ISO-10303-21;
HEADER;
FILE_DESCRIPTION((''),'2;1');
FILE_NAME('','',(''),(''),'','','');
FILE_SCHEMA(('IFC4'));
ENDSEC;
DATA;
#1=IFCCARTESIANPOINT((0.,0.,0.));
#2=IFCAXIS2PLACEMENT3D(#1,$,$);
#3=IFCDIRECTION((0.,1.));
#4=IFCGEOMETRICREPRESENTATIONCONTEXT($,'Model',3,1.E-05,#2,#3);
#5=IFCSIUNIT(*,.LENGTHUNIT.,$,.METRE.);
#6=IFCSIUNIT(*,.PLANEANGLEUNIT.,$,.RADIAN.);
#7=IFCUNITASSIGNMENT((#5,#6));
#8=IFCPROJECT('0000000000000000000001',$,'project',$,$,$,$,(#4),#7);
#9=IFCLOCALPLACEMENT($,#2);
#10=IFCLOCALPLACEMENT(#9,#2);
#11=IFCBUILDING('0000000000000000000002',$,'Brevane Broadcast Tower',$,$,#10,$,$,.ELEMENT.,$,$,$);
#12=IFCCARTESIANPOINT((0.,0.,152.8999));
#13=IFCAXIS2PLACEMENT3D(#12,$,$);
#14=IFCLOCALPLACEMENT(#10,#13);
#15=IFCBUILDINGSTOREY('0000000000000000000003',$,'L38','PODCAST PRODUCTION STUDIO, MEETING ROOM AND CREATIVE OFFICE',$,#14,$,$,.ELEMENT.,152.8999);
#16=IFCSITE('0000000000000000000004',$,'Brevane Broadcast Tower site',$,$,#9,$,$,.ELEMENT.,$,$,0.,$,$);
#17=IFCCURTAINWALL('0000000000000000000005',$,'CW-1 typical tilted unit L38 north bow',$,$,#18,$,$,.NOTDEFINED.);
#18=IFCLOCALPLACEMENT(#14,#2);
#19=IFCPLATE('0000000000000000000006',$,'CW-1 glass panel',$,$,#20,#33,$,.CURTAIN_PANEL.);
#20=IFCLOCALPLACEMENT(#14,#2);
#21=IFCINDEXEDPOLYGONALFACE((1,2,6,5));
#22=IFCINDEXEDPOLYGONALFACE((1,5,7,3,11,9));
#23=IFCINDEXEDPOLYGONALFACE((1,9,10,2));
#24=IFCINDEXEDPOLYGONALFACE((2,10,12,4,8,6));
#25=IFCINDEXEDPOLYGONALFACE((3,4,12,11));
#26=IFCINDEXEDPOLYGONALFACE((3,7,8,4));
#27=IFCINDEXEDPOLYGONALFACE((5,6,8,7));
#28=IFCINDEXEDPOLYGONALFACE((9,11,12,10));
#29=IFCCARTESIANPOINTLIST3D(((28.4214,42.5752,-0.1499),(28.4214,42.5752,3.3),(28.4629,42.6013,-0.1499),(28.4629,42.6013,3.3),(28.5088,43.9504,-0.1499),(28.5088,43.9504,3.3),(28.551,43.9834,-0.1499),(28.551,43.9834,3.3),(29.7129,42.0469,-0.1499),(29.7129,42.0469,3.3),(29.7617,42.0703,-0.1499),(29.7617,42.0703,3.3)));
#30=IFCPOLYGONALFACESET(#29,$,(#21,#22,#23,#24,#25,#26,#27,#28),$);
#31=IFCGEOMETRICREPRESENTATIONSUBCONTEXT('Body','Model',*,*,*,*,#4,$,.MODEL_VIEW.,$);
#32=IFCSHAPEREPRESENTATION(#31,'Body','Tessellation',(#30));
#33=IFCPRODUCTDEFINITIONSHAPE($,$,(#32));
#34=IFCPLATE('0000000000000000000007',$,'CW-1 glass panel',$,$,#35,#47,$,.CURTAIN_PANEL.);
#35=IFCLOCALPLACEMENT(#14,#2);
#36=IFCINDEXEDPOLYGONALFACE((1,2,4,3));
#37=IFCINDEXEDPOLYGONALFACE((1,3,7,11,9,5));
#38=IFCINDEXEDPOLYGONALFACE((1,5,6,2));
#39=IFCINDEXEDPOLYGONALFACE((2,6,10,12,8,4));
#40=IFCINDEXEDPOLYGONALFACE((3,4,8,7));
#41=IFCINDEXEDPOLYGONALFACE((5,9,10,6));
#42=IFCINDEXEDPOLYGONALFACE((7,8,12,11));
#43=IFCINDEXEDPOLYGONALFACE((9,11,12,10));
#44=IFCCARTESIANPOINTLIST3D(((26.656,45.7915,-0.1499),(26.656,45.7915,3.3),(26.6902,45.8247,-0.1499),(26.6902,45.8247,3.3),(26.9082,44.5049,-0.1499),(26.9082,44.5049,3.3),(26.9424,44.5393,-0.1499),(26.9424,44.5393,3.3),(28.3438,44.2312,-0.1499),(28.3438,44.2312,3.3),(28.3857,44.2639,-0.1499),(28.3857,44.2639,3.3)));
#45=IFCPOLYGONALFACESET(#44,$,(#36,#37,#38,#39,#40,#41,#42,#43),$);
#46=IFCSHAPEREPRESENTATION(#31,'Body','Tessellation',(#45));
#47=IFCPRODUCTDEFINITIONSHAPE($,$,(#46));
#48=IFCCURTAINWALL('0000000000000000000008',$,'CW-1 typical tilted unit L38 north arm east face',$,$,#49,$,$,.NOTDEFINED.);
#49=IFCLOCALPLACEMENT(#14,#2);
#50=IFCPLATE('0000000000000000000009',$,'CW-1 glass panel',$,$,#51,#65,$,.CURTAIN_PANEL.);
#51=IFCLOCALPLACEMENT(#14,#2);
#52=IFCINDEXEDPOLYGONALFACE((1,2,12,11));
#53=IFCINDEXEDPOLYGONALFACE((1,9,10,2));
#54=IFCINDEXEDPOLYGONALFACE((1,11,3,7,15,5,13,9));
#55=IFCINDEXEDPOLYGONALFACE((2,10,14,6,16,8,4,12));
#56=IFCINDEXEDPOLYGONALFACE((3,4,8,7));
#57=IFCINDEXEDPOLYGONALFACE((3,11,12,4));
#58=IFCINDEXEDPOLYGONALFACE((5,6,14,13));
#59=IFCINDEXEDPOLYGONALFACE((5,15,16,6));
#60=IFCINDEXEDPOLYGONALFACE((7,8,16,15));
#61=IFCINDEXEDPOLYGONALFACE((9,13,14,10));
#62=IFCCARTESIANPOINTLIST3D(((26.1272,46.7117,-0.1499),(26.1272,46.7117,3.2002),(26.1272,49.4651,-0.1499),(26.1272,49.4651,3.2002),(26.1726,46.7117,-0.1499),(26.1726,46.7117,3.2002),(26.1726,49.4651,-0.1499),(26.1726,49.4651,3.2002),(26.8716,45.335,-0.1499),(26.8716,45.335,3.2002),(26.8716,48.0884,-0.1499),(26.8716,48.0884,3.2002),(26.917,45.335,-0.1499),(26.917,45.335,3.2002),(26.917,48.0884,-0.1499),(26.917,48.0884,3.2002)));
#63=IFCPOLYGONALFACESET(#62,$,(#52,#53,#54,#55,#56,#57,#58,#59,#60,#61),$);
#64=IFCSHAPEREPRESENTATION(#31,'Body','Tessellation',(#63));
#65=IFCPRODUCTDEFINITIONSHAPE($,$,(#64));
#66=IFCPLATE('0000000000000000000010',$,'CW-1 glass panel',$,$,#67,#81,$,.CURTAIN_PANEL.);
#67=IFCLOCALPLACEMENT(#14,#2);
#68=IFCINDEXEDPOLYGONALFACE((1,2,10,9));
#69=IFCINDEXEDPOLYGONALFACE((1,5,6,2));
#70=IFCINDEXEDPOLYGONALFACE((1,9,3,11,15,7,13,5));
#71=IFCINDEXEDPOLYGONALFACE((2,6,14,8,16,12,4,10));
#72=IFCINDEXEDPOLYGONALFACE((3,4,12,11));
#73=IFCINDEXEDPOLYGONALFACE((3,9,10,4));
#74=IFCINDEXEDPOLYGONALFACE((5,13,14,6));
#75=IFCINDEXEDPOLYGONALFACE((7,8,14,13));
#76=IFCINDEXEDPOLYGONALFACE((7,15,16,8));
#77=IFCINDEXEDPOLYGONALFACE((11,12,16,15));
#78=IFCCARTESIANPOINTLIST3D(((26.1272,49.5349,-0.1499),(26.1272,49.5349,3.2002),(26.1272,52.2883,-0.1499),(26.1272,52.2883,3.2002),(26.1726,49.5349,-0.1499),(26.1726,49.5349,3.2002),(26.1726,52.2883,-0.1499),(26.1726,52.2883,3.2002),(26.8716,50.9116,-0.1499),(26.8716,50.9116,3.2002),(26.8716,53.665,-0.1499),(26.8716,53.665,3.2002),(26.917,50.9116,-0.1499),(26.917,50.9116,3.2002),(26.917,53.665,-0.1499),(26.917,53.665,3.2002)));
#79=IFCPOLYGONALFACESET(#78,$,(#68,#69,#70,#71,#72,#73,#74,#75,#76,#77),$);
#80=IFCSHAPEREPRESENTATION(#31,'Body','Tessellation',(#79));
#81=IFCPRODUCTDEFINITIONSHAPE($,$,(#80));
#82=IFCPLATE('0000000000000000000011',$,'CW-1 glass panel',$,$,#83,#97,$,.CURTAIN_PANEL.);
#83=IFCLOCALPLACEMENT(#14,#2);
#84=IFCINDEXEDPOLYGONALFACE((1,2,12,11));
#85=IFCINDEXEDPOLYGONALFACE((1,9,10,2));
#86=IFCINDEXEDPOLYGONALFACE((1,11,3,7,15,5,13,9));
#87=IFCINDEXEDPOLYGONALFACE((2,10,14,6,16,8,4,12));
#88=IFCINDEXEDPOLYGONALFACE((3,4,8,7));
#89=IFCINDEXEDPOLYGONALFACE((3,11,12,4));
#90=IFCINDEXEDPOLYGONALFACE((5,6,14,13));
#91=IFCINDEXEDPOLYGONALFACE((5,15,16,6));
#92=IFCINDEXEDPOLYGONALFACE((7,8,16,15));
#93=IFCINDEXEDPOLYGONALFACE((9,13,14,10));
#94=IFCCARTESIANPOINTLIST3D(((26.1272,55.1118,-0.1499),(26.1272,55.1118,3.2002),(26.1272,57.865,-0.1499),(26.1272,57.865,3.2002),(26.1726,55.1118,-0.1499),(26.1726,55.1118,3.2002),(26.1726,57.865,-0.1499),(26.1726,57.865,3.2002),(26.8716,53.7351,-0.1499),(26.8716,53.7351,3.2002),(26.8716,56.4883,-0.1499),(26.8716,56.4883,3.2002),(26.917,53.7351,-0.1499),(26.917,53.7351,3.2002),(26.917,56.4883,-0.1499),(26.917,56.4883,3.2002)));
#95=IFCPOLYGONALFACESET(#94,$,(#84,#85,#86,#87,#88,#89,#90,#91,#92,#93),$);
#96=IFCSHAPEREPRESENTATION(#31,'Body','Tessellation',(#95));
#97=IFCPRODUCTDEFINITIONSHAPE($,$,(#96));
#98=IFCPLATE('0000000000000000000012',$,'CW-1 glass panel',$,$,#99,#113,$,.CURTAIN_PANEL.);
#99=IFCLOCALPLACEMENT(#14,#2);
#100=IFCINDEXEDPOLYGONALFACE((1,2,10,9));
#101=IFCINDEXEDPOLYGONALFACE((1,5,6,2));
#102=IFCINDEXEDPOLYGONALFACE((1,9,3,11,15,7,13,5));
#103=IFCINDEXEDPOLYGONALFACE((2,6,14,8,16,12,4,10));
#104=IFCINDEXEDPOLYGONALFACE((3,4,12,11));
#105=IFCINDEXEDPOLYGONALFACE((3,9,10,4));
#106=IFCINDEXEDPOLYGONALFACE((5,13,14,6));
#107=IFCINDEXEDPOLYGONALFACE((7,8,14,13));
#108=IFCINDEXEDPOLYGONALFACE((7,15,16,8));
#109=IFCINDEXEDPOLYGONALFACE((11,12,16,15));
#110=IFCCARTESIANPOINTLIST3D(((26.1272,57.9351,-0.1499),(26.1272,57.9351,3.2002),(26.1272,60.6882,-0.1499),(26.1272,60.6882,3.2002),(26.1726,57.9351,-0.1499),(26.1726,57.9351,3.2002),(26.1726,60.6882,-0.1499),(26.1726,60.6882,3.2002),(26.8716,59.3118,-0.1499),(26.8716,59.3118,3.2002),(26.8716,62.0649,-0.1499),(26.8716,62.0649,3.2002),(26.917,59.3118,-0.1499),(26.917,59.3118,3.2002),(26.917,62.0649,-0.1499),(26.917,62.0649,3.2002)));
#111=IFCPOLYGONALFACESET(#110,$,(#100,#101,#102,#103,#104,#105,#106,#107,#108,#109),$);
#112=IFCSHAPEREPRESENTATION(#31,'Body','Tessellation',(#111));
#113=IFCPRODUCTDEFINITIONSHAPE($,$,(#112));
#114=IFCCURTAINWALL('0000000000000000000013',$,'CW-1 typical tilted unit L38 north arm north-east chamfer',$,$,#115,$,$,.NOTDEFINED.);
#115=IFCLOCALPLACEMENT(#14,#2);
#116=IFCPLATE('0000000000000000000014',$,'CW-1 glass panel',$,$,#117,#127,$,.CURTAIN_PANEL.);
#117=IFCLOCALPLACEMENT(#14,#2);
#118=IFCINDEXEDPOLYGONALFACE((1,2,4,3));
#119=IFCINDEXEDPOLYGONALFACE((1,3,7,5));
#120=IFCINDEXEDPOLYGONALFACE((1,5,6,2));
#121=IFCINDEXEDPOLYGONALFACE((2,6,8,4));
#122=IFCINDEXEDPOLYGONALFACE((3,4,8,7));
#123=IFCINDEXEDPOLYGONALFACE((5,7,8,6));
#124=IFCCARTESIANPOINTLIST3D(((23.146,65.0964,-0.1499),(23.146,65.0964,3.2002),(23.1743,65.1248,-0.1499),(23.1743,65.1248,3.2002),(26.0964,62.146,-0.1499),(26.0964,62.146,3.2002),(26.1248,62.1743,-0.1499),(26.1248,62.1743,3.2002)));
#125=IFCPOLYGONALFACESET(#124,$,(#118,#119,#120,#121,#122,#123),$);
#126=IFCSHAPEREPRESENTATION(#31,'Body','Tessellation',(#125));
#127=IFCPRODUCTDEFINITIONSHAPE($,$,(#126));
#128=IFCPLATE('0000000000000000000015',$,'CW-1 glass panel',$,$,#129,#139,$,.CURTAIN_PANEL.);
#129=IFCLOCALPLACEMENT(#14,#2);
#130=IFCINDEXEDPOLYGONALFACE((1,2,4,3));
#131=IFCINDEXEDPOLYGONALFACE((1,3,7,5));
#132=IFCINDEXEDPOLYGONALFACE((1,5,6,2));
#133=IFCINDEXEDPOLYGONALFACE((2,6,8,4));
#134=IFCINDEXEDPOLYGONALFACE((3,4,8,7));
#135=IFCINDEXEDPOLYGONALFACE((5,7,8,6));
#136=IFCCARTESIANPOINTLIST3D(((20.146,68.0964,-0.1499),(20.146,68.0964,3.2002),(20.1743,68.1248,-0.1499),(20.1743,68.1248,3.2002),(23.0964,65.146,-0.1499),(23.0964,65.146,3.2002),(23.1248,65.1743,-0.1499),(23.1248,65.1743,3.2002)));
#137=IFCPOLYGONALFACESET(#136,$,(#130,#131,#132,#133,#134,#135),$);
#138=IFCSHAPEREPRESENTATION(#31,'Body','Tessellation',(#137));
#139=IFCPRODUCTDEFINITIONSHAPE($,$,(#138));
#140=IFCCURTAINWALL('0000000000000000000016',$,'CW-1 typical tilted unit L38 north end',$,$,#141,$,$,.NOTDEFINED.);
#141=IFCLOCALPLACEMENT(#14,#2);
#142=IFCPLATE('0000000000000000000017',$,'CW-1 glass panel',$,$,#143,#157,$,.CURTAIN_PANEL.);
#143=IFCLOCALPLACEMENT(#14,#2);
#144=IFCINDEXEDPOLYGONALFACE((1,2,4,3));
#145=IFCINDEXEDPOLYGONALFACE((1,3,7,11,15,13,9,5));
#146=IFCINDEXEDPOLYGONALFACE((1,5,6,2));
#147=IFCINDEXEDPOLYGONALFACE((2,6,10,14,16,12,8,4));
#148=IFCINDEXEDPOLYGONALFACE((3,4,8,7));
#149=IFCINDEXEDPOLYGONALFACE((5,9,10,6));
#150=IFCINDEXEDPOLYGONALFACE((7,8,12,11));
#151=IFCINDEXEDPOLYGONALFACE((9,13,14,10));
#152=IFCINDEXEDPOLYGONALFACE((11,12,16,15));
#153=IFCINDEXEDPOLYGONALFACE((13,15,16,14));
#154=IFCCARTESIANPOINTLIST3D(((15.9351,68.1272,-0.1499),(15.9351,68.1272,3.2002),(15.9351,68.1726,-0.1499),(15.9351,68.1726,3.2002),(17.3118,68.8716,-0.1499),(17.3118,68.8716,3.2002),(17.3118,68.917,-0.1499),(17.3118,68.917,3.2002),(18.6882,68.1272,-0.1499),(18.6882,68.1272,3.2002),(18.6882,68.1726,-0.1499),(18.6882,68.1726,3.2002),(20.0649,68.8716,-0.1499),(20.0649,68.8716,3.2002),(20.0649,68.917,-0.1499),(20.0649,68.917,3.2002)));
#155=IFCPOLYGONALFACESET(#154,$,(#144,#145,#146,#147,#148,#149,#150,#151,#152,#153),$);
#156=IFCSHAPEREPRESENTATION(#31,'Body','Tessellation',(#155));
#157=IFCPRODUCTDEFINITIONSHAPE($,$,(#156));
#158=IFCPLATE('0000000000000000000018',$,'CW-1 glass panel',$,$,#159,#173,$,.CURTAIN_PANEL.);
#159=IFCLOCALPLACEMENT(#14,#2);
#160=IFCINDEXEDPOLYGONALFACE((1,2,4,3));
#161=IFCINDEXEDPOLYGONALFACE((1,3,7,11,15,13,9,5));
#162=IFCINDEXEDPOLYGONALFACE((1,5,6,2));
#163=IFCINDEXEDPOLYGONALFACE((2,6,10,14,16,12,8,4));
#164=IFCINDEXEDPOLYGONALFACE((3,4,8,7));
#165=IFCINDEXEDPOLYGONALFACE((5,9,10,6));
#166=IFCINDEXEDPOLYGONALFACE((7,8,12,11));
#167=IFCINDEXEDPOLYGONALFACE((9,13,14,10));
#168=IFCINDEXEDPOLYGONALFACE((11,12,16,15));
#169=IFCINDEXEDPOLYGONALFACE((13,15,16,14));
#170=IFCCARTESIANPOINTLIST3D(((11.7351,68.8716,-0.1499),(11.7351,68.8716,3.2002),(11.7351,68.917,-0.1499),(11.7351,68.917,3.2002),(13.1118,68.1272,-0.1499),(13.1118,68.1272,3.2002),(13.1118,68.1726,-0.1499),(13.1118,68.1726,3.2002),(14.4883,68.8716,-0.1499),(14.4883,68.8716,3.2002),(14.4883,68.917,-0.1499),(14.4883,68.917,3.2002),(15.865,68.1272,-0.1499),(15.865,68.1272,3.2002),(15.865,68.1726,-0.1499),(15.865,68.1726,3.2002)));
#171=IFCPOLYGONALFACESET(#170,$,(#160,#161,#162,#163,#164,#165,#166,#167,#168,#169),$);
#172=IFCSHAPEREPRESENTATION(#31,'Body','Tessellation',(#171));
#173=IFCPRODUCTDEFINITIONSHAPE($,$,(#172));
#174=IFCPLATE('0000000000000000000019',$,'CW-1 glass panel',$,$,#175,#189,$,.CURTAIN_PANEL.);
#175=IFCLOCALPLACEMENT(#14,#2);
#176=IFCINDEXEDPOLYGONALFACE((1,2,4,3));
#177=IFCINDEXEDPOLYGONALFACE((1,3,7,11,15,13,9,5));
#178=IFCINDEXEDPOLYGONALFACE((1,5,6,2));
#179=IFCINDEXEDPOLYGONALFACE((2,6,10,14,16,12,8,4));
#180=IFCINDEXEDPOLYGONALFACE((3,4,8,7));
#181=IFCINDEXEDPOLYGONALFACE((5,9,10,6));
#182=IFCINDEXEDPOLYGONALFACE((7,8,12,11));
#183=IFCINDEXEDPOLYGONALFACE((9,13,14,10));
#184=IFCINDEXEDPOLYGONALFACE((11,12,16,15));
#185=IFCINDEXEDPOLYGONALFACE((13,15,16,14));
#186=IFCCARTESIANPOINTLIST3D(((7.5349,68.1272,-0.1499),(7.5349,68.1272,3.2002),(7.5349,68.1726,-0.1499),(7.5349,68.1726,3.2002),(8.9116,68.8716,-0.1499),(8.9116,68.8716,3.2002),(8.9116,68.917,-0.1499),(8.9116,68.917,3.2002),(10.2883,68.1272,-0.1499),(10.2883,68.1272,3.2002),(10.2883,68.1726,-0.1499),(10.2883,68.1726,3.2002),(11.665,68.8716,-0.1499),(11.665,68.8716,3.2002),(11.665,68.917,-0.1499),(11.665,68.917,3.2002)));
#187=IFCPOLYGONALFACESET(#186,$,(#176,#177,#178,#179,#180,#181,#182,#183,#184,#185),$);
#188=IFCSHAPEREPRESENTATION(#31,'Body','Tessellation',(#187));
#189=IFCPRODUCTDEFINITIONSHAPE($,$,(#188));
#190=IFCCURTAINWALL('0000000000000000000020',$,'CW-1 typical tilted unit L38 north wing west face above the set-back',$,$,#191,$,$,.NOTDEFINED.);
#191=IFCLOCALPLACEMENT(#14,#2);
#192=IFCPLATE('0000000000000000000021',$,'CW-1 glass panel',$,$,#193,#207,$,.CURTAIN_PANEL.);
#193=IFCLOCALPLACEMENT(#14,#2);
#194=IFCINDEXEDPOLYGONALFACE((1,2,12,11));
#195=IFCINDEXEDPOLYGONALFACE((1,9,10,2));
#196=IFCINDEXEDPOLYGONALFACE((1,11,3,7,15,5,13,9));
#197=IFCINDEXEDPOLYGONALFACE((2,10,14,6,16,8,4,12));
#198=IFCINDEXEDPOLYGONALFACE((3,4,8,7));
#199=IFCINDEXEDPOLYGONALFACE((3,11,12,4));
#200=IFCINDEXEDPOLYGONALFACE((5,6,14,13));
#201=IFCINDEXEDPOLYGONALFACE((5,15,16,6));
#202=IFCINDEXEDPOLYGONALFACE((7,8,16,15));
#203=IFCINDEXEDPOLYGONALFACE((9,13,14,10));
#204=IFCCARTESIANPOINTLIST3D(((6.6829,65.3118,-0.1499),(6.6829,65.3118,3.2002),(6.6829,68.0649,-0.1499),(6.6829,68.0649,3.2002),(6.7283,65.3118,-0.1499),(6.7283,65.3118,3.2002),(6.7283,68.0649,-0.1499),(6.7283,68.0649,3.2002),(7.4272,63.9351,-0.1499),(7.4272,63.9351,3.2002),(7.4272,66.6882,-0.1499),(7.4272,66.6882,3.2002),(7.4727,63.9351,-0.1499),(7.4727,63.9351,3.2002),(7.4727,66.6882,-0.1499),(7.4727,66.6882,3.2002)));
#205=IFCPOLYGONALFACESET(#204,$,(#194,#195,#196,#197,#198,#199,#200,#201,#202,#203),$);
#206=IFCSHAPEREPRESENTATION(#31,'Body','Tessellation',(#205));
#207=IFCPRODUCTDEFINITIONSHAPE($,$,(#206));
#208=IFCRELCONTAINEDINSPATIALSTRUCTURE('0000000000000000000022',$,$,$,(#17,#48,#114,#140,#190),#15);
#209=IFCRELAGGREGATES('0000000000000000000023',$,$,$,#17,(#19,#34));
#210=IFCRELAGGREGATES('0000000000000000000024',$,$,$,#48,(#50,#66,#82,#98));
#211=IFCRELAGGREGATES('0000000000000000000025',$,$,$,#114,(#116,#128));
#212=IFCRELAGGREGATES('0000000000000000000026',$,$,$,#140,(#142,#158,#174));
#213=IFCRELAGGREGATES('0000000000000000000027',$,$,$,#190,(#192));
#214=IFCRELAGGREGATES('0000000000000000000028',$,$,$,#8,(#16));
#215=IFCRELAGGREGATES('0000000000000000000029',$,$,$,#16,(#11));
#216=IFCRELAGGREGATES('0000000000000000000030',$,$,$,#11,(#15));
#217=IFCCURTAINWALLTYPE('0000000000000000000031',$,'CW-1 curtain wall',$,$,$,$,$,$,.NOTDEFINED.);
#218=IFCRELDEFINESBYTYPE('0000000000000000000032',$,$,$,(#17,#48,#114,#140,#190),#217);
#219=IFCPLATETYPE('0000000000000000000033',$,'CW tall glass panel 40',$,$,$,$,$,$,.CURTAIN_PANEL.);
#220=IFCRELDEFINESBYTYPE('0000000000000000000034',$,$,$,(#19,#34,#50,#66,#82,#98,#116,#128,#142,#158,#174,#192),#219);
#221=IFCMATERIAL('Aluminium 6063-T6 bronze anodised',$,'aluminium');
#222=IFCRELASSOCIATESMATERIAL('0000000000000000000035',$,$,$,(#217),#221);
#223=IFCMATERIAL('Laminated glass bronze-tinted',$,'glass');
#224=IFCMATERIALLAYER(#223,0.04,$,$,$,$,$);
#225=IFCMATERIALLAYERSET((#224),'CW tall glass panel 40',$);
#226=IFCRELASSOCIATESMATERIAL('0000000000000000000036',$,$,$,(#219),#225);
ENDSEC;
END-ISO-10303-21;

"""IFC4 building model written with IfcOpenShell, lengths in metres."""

from ifc_helpers import new_model, si_unit, direction, frame, origin, place, context, subcontext, project, spatial, polyline, outline, extrude, material, layer, layer_set, type_object, element, aggregate, save


model = new_model("IFC4")

# Units and contexts
model_context = context("Model", 3, precision=1e-05, world=origin(), true_north=direction((0.0, 1.0)))
body_context = subcontext(model_context, "Body", "Model", "MODEL_VIEW")
ifc_project = project(units=[si_unit("LENGTHUNIT", "METRE"), si_unit("PLANEANGLEUNIT", "RADIAN")], contexts=[model_context])

# Site, building, storey
site_placement = place(None, origin())
site = spatial("IfcSite", under=ifc_project, at=site_placement, Name="Brevane Broadcast Tower site", CompositionType="ELEMENT", RefElevation=0.0)
building_placement = place(site_placement, origin())
building = spatial("IfcBuilding", under=site, at=building_placement, Name="Brevane Broadcast Tower", CompositionType="ELEMENT")
storey_placement = place(building_placement, frame((0.0, 0.0, 152.8999)))
storey = spatial("IfcBuildingStorey", under=building, at=storey_placement, Name="L38", Description="PODCAST PRODUCTION STUDIO, MEETING ROOM AND CREATIVE OFFICE", CompositionType="ELEMENT", Elevation=152.8999)

# Shared definitions
ifc_material_1 = material(Name="Aluminium 6063-T6 bronze anodised", Category="aluminium")
curtain_wall_type = type_object("IfcCurtainWallType", Name="CW-1 curtain wall", PredefinedType="NOTDEFINED", material=ifc_material_1)

# Curtain walls, plates
ifc_material_2 = material(Name="Laminated glass bronze-tinted", Category="glass")
ifc_layer = layer(ifc_material_2, 0.04)
ifc_layer_set = layer_set([ifc_layer], Name="CW tall glass panel 40")
plate_type = type_object("IfcPlateType", Name="CW tall glass panel 40", PredefinedType="CURTAIN_PANEL", material=ifc_layer_set)
curtain_wall_1_placement = place(storey_placement, origin())
curtain_wall_1 = element("IfcCurtainWall", 1, at=curtain_wall_1_placement, inside=storey, type_object=curtain_wall_type, Name="CW-1 typical tilted unit L38 north bow", PredefinedType="NOTDEFINED")
plate_1_placement = place(storey_placement, frame((0.0, 0.0, -0.1499)))
plate_1 = element("IfcPlate", 2, at=plate_1_placement, type_object=plate_type, Name="CW-1 glass panel", PredefinedType="CURTAIN_PANEL", context=body_context, shape_type="SweptSolid", body=[
    extrude(outline(polyline([(29.7129, 42.0469), (29.7617, 42.0703), (28.4629, 42.6013), (28.551, 43.9834), (28.5088, 43.9504), (28.4214, 42.5752), (29.7129, 42.0469)])), origin(), (0.0, 0.0, 1.0), 3.45),
])
plate_2_placement = place(storey_placement, frame((0.0, 0.0, -0.1499)))
plate_2 = element("IfcPlate", 3, at=plate_2_placement, type_object=plate_type, Name="CW-1 glass panel", PredefinedType="CURTAIN_PANEL", context=body_context, shape_type="SweptSolid", body=[
    extrude(outline(polyline([(28.3438, 44.2312), (28.3857, 44.2639), (26.9424, 44.5393), (26.6902, 45.8247), (26.656, 45.7915), (26.9082, 44.5049), (28.3438, 44.2312)])), origin(), (0.0, 0.0, 1.0), 3.45),
])
aggregate(curtain_wall_1, [plate_1, plate_2])
curtain_wall_2_placement = place(storey_placement, origin())
curtain_wall_2 = element("IfcCurtainWall", 4, at=curtain_wall_2_placement, inside=storey, type_object=curtain_wall_type, Name="CW-1 typical tilted unit L38 north arm east face", PredefinedType="NOTDEFINED")
plate_3_placement = place(storey_placement, frame((0.0, 0.0, -0.1499)))
plate_3 = element("IfcPlate", 5, at=plate_3_placement, type_object=plate_type, Name="CW-1 glass panel", PredefinedType="CURTAIN_PANEL", context=body_context, shape_type="SweptSolid", body=[
    extrude(outline(polyline([(26.8716, 45.335), (26.917, 45.335), (26.1726, 46.7117), (26.917, 48.0884), (26.1726, 49.4651), (26.1272, 49.4651), (26.8716, 48.0884), (26.1272, 46.7117), (26.8716, 45.335)])), origin(), (0.0, 0.0, 1.0), 3.3501),
])
plate_4_placement = place(storey_placement, frame((0.0, 0.0, -0.1499)))
plate_4 = element("IfcPlate", 6, at=plate_4_placement, type_object=plate_type, Name="CW-1 glass panel", PredefinedType="CURTAIN_PANEL", context=body_context, shape_type="SweptSolid", body=[
    extrude(outline(polyline([(26.1272, 49.5349), (26.1726, 49.5349), (26.917, 50.9116), (26.1726, 52.2883), (26.917, 53.665), (26.8716, 53.665), (26.1272, 52.2883), (26.8716, 50.9116), (26.1272, 49.5349)])), origin(), (0.0, 0.0, 1.0), 3.3501),
])
plate_5_placement = place(storey_placement, frame((0.0, 0.0, -0.1499)))
plate_5 = element("IfcPlate", 7, at=plate_5_placement, type_object=plate_type, Name="CW-1 glass panel", PredefinedType="CURTAIN_PANEL", context=body_context, shape_type="SweptSolid", body=[
    extrude(outline(polyline([(26.8716, 53.7351), (26.917, 53.7351), (26.1726, 55.1118), (26.917, 56.4883), (26.1726, 57.865), (26.1272, 57.865), (26.8716, 56.4883), (26.1272, 55.1118), (26.8716, 53.7351)])), origin(), (0.0, 0.0, 1.0), 3.3501),
])
plate_6_placement = place(storey_placement, frame((0.0, 0.0, -0.1499)))
plate_6 = element("IfcPlate", 8, at=plate_6_placement, type_object=plate_type, Name="CW-1 glass panel", PredefinedType="CURTAIN_PANEL", context=body_context, shape_type="SweptSolid", body=[
    extrude(outline(polyline([(26.1272, 57.9351), (26.1726, 57.9351), (26.917, 59.3118), (26.1726, 60.6882), (26.917, 62.0649), (26.8716, 62.0649), (26.1272, 60.6882), (26.8716, 59.3118), (26.1272, 57.9351)])), origin(), (0.0, 0.0, 1.0), 3.3501),
])
aggregate(curtain_wall_2, [plate_3, plate_4, plate_5, plate_6])
curtain_wall_3_placement = place(storey_placement, origin())
curtain_wall_3 = element("IfcCurtainWall", 9, at=curtain_wall_3_placement, inside=storey, type_object=curtain_wall_type, Name="CW-1 typical tilted unit L38 north arm north-east chamfer", PredefinedType="NOTDEFINED")
plate_7_placement = place(storey_placement, frame((0.0, 0.0, -0.1499)))
plate_7 = element("IfcPlate", 10, at=plate_7_placement, type_object=plate_type, Name="CW-1 glass panel", PredefinedType="CURTAIN_PANEL", context=body_context, shape_type="SweptSolid", body=[
    extrude(outline(polyline([(26.0964, 62.146), (23.146, 65.0964), (23.1743, 65.1248), (26.1248, 62.1743), (26.0964, 62.146)])), origin(), (0.0, 0.0, 1.0), 3.3501),
])
plate_8_placement = place(storey_placement, frame((0.0, 0.0, -0.1499)))
plate_8 = element("IfcPlate", 11, at=plate_8_placement, type_object=plate_type, Name="CW-1 glass panel", PredefinedType="CURTAIN_PANEL", context=body_context, shape_type="SweptSolid", body=[
    extrude(outline(polyline([(23.0964, 65.146), (20.146, 68.0964), (20.1743, 68.1248), (23.1248, 65.1743), (23.0964, 65.146)])), origin(), (0.0, 0.0, 1.0), 3.3501),
])
aggregate(curtain_wall_3, [plate_7, plate_8])
curtain_wall_4_placement = place(storey_placement, origin())
curtain_wall_4 = element("IfcCurtainWall", 12, at=curtain_wall_4_placement, inside=storey, type_object=curtain_wall_type, Name="CW-1 typical tilted unit L38 north end", PredefinedType="NOTDEFINED")
plate_9_placement = place(storey_placement, frame((0.0, 0.0, -0.1499)))
plate_9 = element("IfcPlate", 13, at=plate_9_placement, type_object=plate_type, Name="CW-1 glass panel", PredefinedType="CURTAIN_PANEL", context=body_context, shape_type="SweptSolid", body=[
    extrude(outline(polyline([(20.0649, 68.8716), (20.0649, 68.917), (18.6882, 68.1726), (17.3118, 68.917), (15.9351, 68.1726), (15.9351, 68.1272), (17.3118, 68.8716), (18.6882, 68.1272), (20.0649, 68.8716)])), origin(), (0.0, 0.0, 1.0), 3.3501),
])
plate_10_placement = place(storey_placement, frame((0.0, 0.0, -0.1499)))
plate_10 = element("IfcPlate", 14, at=plate_10_placement, type_object=plate_type, Name="CW-1 glass panel", PredefinedType="CURTAIN_PANEL", context=body_context, shape_type="SweptSolid", body=[
    extrude(outline(polyline([(15.865, 68.1272), (15.865, 68.1726), (14.4883, 68.917), (13.1118, 68.1726), (11.7351, 68.917), (11.7351, 68.8716), (13.1118, 68.1272), (14.4883, 68.8716), (15.865, 68.1272)])), origin(), (0.0, 0.0, 1.0), 3.3501),
])
plate_11_placement = place(storey_placement, frame((0.0, 0.0, -0.1499)))
plate_11 = element("IfcPlate", 15, at=plate_11_placement, type_object=plate_type, Name="CW-1 glass panel", PredefinedType="CURTAIN_PANEL", context=body_context, shape_type="SweptSolid", body=[
    extrude(outline(polyline([(11.665, 68.8716), (11.665, 68.917), (10.2883, 68.1726), (8.9116, 68.917), (7.5349, 68.1726), (7.5349, 68.1272), (8.9116, 68.8716), (10.2883, 68.1272), (11.665, 68.8716)])), origin(), (0.0, 0.0, 1.0), 3.3501),
])
aggregate(curtain_wall_4, [plate_9, plate_10, plate_11])
curtain_wall_5_placement = place(storey_placement, origin())
curtain_wall_5 = element("IfcCurtainWall", 16, at=curtain_wall_5_placement, inside=storey, type_object=curtain_wall_type, Name="CW-1 typical tilted unit L38 north wing west face above the set-back", PredefinedType="NOTDEFINED")
plate_12_placement = place(storey_placement, frame((0.0, 0.0, -0.1499)))
plate_12 = element("IfcPlate", 17, at=plate_12_placement, type_object=plate_type, Name="CW-1 glass panel", PredefinedType="CURTAIN_PANEL", context=body_context, shape_type="SweptSolid", body=[
    extrude(outline(polyline([(6.7283, 68.0649), (6.6829, 68.0649), (7.4272, 66.6882), (6.6829, 65.3118), (7.4272, 63.9351), (7.4727, 63.9351), (6.7283, 65.3118), (7.4727, 66.6882), (6.7283, 68.0649)])), origin(), (0.0, 0.0, 1.0), 3.3501),
])
aggregate(curtain_wall_5, [plate_12])

save(model, "model.ifc")
